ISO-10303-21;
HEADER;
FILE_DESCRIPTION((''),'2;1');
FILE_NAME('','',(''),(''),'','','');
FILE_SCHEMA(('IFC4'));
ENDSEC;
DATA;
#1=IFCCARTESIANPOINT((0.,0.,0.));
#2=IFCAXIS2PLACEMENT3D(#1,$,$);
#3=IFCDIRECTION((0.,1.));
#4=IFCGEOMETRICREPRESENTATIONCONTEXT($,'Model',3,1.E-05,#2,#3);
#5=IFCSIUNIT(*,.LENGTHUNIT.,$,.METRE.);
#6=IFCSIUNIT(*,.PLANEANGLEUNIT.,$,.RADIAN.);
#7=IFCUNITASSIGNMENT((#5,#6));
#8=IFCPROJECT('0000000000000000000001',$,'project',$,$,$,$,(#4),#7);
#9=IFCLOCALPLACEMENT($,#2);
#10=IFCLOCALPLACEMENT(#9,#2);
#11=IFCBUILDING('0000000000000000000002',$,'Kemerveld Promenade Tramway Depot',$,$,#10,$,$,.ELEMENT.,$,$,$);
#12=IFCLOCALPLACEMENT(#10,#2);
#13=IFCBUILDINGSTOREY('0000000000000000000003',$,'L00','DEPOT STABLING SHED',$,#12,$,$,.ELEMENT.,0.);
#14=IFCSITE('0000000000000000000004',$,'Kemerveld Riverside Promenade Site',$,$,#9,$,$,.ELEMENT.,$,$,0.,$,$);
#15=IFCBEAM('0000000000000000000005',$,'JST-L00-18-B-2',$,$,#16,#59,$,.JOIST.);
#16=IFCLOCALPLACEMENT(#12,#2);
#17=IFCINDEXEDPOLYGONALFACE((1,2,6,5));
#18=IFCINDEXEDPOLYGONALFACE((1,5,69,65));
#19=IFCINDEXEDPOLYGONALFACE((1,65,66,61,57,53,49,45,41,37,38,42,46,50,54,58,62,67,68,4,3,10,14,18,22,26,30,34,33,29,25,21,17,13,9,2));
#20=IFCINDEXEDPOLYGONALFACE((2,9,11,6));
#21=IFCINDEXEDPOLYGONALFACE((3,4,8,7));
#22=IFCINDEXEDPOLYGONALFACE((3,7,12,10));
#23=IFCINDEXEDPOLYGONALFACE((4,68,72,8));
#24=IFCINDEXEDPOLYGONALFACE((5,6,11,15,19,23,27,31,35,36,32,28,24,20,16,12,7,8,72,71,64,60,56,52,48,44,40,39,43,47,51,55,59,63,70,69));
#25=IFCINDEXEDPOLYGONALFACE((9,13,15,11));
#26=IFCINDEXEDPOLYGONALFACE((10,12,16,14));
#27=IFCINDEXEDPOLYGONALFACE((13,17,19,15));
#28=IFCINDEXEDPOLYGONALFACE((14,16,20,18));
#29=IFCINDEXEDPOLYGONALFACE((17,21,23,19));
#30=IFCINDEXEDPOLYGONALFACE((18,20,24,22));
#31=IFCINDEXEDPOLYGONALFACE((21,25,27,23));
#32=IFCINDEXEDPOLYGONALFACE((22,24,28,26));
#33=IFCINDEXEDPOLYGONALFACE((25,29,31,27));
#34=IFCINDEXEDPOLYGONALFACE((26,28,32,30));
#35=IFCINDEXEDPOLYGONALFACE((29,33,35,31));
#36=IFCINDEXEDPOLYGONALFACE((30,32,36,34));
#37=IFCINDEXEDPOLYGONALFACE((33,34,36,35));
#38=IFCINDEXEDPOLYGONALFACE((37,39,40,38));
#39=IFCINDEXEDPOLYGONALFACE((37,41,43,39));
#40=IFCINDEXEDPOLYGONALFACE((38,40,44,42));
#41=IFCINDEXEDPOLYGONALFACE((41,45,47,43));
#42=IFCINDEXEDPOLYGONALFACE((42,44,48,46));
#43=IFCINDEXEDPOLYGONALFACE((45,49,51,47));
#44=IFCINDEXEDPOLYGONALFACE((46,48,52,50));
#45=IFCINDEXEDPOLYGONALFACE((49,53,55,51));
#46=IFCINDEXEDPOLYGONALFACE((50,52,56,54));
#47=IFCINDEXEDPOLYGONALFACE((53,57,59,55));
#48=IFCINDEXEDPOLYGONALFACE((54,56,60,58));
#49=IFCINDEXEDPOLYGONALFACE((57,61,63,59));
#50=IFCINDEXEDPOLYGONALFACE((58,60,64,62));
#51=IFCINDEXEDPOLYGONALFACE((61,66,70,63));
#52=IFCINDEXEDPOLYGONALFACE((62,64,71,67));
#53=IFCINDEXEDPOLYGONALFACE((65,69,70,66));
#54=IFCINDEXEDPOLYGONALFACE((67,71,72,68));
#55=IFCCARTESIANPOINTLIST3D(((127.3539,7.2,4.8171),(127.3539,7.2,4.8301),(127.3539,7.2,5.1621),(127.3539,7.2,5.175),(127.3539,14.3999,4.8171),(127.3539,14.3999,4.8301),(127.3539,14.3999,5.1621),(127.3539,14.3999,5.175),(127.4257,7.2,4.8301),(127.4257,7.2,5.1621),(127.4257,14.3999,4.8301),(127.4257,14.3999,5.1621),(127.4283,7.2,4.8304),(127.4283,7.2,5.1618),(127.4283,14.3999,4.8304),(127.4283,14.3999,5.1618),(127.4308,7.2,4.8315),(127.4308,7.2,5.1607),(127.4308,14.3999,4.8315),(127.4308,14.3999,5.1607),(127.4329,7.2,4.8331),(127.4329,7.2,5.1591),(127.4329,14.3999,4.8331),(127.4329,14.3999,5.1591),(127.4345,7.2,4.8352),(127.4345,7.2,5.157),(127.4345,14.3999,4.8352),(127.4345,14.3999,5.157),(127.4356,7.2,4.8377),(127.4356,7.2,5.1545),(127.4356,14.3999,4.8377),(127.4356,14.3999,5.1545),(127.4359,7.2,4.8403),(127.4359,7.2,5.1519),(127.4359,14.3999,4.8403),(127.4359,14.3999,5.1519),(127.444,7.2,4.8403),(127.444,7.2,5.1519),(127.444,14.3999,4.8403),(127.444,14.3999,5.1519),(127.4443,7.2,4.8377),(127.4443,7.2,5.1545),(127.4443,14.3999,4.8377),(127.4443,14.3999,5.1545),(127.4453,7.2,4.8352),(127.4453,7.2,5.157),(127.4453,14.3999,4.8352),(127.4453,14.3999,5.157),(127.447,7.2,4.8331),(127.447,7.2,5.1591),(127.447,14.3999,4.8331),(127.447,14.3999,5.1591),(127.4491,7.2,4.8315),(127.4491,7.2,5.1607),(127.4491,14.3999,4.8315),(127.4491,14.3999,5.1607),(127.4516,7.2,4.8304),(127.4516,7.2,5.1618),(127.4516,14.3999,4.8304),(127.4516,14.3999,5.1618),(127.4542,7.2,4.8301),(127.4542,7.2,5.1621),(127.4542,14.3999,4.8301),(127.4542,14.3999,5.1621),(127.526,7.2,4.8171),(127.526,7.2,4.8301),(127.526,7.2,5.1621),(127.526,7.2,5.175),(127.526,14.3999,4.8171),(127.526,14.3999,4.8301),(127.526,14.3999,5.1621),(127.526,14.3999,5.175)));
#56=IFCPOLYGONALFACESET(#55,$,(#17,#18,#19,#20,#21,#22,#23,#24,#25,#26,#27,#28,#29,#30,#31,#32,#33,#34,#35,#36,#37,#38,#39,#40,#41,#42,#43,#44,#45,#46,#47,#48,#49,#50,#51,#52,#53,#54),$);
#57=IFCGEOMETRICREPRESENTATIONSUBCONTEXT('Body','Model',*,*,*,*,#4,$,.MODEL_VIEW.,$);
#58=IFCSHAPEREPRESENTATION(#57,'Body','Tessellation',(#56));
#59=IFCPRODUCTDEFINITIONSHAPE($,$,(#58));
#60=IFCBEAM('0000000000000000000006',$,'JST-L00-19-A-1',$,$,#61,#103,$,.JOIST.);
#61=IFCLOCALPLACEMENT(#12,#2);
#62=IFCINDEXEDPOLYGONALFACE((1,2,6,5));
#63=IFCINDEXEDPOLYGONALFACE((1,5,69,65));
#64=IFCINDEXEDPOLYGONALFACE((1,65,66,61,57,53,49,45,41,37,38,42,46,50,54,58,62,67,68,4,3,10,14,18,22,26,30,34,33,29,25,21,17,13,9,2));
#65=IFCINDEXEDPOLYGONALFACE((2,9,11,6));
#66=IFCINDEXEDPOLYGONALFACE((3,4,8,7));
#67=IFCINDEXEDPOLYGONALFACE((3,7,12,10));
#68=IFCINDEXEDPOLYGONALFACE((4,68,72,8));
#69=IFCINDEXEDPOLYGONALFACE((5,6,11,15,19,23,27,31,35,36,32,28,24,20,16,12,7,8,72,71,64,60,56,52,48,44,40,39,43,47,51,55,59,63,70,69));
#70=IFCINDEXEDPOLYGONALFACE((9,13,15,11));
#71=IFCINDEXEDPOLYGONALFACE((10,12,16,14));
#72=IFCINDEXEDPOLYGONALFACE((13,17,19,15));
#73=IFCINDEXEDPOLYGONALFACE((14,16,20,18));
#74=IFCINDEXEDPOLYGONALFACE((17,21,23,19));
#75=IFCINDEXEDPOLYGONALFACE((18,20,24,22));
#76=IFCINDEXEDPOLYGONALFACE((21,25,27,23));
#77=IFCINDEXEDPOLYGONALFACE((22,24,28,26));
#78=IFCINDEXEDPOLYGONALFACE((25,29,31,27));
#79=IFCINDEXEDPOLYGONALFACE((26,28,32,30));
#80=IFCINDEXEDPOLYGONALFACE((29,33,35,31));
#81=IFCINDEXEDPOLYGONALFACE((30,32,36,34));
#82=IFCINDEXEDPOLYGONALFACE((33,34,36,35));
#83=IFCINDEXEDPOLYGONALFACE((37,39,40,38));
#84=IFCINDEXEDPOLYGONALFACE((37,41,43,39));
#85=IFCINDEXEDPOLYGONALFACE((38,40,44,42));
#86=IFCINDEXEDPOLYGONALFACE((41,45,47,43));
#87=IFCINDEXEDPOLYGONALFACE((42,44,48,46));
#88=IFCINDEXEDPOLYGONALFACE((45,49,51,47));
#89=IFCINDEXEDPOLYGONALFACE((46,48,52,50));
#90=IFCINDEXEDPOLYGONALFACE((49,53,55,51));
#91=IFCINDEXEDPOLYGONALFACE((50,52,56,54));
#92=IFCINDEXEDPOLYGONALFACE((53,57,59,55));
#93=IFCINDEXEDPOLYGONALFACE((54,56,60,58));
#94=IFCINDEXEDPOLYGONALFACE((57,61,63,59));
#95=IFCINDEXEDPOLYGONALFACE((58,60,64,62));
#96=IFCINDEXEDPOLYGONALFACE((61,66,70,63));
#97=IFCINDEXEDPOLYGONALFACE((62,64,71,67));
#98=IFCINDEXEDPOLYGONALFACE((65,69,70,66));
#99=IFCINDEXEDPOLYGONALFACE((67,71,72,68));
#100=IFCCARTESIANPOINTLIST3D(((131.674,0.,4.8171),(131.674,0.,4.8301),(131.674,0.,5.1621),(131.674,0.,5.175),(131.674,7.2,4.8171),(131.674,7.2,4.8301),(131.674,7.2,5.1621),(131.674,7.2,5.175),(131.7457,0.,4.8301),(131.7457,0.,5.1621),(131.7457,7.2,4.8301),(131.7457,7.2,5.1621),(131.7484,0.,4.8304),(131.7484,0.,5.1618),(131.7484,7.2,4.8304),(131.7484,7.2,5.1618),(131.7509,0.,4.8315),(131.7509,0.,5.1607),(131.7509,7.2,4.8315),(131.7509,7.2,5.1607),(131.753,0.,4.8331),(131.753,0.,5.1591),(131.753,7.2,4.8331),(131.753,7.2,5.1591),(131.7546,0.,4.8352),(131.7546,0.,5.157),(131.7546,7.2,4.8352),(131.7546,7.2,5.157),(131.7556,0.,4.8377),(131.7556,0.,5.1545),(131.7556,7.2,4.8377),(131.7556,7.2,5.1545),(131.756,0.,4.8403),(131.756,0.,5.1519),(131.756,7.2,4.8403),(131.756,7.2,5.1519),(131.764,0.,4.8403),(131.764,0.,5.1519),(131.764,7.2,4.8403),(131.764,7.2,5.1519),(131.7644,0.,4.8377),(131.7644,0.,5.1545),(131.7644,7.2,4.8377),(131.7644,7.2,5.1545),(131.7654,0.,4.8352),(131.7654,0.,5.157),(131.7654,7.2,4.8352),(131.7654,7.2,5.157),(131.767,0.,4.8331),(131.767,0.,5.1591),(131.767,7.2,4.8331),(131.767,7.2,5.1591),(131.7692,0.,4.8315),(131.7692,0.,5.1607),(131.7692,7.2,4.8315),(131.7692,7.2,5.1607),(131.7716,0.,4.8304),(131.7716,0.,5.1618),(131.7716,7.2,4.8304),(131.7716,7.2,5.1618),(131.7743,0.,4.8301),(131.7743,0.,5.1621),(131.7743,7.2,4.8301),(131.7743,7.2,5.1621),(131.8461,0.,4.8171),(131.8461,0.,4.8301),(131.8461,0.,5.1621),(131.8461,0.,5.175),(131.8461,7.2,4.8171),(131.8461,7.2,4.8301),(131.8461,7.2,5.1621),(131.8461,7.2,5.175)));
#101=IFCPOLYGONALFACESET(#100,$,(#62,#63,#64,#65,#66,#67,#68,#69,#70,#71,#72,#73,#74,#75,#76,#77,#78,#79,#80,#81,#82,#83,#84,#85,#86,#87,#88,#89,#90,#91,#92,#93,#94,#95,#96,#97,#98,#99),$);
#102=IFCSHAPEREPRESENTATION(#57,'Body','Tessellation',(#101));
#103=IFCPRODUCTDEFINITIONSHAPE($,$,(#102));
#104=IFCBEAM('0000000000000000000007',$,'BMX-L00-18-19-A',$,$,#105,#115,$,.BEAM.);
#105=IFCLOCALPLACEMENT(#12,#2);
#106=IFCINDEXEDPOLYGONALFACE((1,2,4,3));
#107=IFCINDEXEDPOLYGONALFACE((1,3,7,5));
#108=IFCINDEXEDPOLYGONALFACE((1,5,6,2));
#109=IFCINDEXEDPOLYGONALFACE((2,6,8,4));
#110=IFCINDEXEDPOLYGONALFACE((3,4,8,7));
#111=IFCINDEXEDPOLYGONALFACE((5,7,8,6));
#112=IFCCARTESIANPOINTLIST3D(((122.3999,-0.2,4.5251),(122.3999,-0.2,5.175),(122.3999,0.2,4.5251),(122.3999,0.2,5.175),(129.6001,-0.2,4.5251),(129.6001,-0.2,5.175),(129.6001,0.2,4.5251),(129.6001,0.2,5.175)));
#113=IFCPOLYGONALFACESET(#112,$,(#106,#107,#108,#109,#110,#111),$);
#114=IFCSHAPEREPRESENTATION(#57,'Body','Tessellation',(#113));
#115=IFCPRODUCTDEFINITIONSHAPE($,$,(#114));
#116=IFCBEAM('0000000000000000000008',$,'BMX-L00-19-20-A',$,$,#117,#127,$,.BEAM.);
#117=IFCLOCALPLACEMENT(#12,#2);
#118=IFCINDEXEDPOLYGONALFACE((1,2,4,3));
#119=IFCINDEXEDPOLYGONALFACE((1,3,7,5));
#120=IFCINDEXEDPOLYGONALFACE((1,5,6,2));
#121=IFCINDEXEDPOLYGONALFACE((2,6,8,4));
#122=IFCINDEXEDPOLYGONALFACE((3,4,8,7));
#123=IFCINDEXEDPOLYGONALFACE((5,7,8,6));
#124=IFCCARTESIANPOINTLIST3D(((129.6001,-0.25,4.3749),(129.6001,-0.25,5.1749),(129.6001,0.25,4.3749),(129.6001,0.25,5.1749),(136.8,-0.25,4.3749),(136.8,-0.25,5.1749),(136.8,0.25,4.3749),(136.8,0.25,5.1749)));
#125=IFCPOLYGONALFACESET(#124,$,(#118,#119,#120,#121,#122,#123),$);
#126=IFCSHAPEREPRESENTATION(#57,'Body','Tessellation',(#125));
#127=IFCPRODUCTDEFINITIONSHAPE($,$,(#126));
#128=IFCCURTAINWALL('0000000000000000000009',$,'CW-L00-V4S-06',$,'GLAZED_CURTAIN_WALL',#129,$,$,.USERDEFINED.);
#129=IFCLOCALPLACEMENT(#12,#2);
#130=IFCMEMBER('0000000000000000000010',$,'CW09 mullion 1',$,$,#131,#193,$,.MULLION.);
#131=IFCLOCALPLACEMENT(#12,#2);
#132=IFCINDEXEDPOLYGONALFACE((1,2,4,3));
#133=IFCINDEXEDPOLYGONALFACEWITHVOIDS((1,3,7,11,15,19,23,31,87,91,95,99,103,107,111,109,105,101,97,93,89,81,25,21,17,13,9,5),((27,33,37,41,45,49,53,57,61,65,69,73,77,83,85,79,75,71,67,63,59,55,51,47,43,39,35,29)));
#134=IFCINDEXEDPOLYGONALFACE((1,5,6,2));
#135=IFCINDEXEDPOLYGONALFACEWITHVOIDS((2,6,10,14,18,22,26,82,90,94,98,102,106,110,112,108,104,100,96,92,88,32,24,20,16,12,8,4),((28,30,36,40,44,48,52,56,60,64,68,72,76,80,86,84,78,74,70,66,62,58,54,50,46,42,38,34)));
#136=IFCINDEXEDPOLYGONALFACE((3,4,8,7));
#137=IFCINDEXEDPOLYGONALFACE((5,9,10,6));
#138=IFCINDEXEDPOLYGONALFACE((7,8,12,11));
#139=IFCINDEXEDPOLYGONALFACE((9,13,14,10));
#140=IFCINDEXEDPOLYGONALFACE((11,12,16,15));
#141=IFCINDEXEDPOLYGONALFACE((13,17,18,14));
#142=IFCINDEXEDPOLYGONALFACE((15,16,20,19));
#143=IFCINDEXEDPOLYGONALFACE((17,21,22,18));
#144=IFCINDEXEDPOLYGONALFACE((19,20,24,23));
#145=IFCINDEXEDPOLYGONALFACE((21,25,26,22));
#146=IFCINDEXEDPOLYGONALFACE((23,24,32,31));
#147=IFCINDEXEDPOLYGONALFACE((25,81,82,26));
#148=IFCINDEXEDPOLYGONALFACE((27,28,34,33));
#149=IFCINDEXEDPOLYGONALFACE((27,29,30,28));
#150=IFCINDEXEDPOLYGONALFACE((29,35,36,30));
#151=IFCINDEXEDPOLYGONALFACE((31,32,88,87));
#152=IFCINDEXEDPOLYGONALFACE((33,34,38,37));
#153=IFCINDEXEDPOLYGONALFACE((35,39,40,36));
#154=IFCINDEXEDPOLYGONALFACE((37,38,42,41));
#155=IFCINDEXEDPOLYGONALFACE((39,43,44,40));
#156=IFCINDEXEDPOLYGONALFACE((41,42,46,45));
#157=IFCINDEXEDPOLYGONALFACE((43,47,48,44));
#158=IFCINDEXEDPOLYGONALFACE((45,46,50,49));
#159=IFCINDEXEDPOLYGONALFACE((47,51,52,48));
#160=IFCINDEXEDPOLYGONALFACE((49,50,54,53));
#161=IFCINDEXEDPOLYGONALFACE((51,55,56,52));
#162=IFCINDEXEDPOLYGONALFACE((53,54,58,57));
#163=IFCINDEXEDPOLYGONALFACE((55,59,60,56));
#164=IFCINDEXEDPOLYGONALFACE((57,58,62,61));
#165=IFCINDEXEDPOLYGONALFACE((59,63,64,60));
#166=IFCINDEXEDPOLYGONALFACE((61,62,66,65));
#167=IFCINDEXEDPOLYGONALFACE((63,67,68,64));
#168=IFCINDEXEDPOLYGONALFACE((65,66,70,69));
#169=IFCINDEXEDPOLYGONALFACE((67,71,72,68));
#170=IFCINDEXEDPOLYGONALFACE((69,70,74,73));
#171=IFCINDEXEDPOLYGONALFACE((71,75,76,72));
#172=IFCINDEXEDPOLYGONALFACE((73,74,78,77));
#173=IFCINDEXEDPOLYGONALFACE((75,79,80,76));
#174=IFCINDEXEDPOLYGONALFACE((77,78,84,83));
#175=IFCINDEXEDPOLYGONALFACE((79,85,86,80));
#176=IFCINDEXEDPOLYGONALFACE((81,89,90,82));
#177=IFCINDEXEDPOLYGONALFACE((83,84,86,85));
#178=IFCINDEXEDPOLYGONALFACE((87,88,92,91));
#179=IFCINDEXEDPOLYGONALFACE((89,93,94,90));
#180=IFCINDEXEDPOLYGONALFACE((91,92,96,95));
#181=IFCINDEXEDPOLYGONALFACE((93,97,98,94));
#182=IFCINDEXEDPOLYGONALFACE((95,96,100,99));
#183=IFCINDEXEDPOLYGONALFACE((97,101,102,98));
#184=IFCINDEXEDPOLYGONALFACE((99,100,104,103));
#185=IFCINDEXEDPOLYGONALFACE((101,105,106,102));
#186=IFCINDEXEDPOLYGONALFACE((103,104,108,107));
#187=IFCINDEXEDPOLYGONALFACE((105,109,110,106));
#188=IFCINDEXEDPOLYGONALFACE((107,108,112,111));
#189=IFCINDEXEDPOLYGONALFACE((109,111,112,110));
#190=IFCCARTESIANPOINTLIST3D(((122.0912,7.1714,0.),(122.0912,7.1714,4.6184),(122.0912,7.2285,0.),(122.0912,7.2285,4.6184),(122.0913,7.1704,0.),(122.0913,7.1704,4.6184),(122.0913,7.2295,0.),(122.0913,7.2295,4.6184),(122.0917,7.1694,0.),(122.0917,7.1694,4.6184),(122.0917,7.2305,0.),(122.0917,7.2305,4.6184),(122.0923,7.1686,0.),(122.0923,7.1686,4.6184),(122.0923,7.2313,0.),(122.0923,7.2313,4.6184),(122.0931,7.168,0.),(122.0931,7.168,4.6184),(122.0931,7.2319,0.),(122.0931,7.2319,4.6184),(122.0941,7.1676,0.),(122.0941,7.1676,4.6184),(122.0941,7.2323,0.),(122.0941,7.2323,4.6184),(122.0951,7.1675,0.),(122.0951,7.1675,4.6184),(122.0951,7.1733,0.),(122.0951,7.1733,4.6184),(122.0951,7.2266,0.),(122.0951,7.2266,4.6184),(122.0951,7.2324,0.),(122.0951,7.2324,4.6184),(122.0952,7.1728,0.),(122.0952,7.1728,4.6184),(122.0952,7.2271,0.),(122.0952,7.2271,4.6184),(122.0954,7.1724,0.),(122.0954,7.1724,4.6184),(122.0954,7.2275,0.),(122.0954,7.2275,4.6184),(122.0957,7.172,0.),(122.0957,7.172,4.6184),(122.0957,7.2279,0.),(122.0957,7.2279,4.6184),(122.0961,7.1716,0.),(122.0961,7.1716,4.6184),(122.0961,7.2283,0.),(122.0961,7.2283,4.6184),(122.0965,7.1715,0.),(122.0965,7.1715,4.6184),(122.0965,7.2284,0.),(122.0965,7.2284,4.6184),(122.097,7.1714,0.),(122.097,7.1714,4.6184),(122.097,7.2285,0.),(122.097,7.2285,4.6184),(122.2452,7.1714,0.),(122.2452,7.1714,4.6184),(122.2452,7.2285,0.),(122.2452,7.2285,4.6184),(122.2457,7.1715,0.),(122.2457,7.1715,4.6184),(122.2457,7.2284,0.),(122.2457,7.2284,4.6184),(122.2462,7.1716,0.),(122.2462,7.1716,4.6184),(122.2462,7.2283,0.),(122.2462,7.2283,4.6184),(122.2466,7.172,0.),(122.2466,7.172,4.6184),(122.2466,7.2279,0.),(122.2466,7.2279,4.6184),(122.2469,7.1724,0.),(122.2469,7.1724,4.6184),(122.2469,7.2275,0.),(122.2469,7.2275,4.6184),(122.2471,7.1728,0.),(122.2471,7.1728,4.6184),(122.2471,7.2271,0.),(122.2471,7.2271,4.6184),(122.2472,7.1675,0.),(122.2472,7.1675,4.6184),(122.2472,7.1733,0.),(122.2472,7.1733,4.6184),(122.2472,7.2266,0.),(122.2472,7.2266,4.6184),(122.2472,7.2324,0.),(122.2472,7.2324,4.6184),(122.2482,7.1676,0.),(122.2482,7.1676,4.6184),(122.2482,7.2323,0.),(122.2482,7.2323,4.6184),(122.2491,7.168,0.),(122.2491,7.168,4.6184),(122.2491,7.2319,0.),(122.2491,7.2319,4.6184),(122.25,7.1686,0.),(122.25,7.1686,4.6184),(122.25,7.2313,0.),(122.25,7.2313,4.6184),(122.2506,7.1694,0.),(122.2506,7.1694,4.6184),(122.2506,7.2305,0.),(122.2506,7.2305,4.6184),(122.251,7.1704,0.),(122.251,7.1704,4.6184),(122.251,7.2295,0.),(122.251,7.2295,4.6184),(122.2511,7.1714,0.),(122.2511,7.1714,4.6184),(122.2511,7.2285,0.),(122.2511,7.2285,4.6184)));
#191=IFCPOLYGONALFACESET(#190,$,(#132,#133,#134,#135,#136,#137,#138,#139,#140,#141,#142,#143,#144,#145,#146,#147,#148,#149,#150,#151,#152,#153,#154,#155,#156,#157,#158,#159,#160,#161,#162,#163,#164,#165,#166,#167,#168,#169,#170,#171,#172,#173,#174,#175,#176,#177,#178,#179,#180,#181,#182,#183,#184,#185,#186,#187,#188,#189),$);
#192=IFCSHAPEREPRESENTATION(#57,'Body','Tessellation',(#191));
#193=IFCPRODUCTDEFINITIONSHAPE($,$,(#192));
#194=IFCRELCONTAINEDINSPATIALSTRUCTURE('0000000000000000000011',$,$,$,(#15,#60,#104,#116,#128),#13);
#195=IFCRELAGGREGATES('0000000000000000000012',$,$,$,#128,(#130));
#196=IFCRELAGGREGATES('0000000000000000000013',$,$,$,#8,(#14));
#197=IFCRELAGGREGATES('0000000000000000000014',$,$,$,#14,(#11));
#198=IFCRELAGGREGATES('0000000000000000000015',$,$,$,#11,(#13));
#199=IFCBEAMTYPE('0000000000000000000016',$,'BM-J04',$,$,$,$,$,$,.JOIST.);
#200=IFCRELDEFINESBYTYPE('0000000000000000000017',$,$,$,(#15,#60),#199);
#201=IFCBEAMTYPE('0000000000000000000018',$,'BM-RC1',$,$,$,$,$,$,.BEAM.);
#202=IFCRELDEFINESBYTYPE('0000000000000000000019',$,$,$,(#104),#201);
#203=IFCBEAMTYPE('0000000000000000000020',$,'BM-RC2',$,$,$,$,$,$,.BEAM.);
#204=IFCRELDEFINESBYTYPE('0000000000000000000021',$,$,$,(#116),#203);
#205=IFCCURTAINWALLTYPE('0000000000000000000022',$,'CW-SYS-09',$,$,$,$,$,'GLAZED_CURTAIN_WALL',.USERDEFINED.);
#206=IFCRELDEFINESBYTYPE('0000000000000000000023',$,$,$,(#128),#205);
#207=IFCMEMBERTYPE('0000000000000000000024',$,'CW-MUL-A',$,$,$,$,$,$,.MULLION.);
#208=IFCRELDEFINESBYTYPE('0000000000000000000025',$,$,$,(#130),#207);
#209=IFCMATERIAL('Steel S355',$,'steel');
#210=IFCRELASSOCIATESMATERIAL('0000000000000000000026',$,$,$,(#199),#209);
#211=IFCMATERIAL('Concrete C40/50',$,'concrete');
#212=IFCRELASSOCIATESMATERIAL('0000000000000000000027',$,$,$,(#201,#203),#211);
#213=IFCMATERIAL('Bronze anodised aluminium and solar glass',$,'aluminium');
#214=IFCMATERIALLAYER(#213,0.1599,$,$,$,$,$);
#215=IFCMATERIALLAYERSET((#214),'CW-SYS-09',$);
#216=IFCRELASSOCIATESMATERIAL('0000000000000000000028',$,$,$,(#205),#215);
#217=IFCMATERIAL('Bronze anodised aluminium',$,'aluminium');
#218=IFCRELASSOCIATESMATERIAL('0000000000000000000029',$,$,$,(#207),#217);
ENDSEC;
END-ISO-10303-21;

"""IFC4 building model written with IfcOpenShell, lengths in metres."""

from ifc_helpers import new_model, si_unit, direction, frame, origin, origin_2d, place, context, subcontext, project, spatial, rectangle, hollow_rectangle, i_section, extrude, material, layer, layer_set, material_profile, profile_set, type_object, element, aggregate, save


model = new_model("IFC4")

# Units and contexts
model_context = context("Model", 3, precision=1e-05, world=origin(), true_north=direction((0.0, 1.0)))
body_context = subcontext(model_context, "Body", "Model", "MODEL_VIEW")
ifc_project = project(units=[si_unit("LENGTHUNIT", "METRE"), si_unit("PLANEANGLEUNIT", "RADIAN")], contexts=[model_context])

# Site, building, storey
site_placement = place(None, origin())
site = spatial("IfcSite", under=ifc_project, at=site_placement, Name="Kemerveld Riverside Promenade Site", CompositionType="ELEMENT", RefElevation=0.0)
building_placement = place(site_placement, origin())
building = spatial("IfcBuilding", under=site, at=building_placement, Name="Kemerveld Promenade Tramway Depot", CompositionType="ELEMENT")
storey_placement = place(building_placement, origin())
storey = spatial("IfcBuildingStorey", under=building, at=storey_placement, Name="L00", Description="DEPOT STABLING SHED", CompositionType="ELEMENT", Elevation=0.0)

# Shared definitions
ifc_material_1 = material(Name="Concrete C40/50", Category="concrete")
ifc_material_2 = material(Name="Steel S355", Category="steel")

# Beams
ifc_material_profile_1 = material_profile(ifc_material_2, i_section(OverallWidth=0.1721, OverallDepth=0.3579, WebThickness=0.0081, FlangeThickness=0.0129, FilletRadius=0.0103, at=origin_2d()), Name="356x171x57 UB")
ifc_profile_set_1 = profile_set([ifc_material_profile_1], Name="Steel S355")
beam_type_1 = type_object("IfcBeamType", Name="BM-J04", PredefinedType="JOIST", material=ifc_profile_set_1)
for number, where, z_axis, x_axis, name in (
    (1, (127.4399, 7.2, 4.9961), (0.0, 1.0, 0.0), (-1.0, 0.0, 0.0), "JST-L00-18-B-2"),
    (2, (131.76, 0.0, 4.9961), (0.0, 1.0, 0.0), (-1.0, 0.0, 0.0), "JST-L00-19-A-1"),
):
    element("IfcBeam", number, at=place(storey_placement, frame(where, z_axis=z_axis, x_axis=x_axis)), inside=storey, type_object=beam_type_1, Name=name, PredefinedType="JOIST", context=body_context, shape_type="SweptSolid", body=[
        extrude(i_section(OverallWidth=0.1721, OverallDepth=0.3579, WebThickness=0.0081, FlangeThickness=0.0129, FilletRadius=0.0103, at=origin_2d()), origin(), (0.0, 0.0, 1.0), 7.2),
    ])
ifc_material_profile_2 = material_profile(ifc_material_1, rectangle(XDim=0.3999, YDim=0.6499, at=origin_2d()), Name="RC-BM-400x650")
ifc_profile_set_2 = profile_set([ifc_material_profile_2], Name="Concrete C40/50")
beam_type_2 = type_object("IfcBeamType", Name="BM-RC1", PredefinedType="BEAM", material=ifc_profile_set_2)
beam_1_placement = place(storey_placement, frame((122.3999, 0.0, 4.8501), z_axis=(1.0, 0.0, 0.0), x_axis=(0.0, 1.0, 0.0)))
element("IfcBeam", 3, at=beam_1_placement, inside=storey, type_object=beam_type_2, Name="BMX-L00-18-19-A", PredefinedType="BEAM", context=body_context, shape_type="SweptSolid", body=[
    extrude(rectangle(XDim=0.3999, YDim=0.6499, at=origin_2d()), origin(), (0.0, 0.0, 1.0), 7.2002),
])
ifc_material_profile_3 = material_profile(ifc_material_1, rectangle(XDim=0.5, YDim=0.8, at=origin_2d()), Name="RC-BM-500x800")
ifc_profile_set_3 = profile_set([ifc_material_profile_3], Name="Concrete C40/50")
beam_type_3 = type_object("IfcBeamType", Name="BM-RC2", PredefinedType="BEAM", material=ifc_profile_set_3)
beam_2_placement = place(storey_placement, frame((129.6001, 0.0, 4.7749), z_axis=(1.0, 0.0, 0.0), x_axis=(0.0, 1.0, 0.0)))
element("IfcBeam", 4, at=beam_2_placement, inside=storey, type_object=beam_type_3, Name="BMX-L00-19-20-A", PredefinedType="BEAM", context=body_context, shape_type="SweptSolid", body=[
    extrude(rectangle(XDim=0.5, YDim=0.8, at=origin_2d()), origin(), (0.0, 0.0, 1.0), 7.2),
])

# Curtain wall, member
ifc_material_3 = material(Name="Bronze anodised aluminium and solar glass", Category="aluminium")
ifc_layer_1 = layer(ifc_material_3, 0.1599)
ifc_layer_set_1 = layer_set([ifc_layer_1], Name="CW-SYS-09")
curtain_wall_type = type_object("IfcCurtainWallType", Name="CW-SYS-09", ElementType="GLAZED_CURTAIN_WALL", PredefinedType="USERDEFINED", material=ifc_layer_set_1)
curtain_wall_placement = place(storey_placement, origin())
curtain_wall = element("IfcCurtainWall", 5, at=curtain_wall_placement, inside=storey, type_object=curtain_wall_type, Name="CW-L00-V4S-06", ObjectType="GLAZED_CURTAIN_WALL", PredefinedType="USERDEFINED")
ifc_material_4 = material(Name="Bronze anodised aluminium", Category="aluminium")
ifc_material_profile_4 = material_profile(ifc_material_4, hollow_rectangle(XDim=0.0649, YDim=0.1599, WallThickness=0.0039, InnerFilletRadius=0.002, OuterFilletRadius=0.0039, at=origin_2d()), Name="CW-MUL-160x65")
ifc_profile_set_4 = profile_set([ifc_material_profile_4], Name="Bronze anodised aluminium")
member_type_1 = type_object("IfcMemberType", Name="CW-MUL-A", PredefinedType="MULLION", material=ifc_profile_set_4)
member_1_placement = place(storey_placement, frame((122.1711, 7.2, 0.0), z_axis=(0.0, 0.0, 1.0), x_axis=(0.0, -1.0, 0.0)))
member_1 = element("IfcMember", 6, at=member_1_placement, type_object=member_type_1, Name="CW09 mullion 1", PredefinedType="MULLION", context=body_context, shape_type="SweptSolid", body=[
    extrude(hollow_rectangle(XDim=0.0649, YDim=0.1599, WallThickness=0.0039, InnerFilletRadius=0.002, OuterFilletRadius=0.0039, at=origin_2d()), origin(), (0.0, 0.0, 1.0), 4.6184),
])
aggregate(curtain_wall, [member_1])

save(model, "model.ifc")
